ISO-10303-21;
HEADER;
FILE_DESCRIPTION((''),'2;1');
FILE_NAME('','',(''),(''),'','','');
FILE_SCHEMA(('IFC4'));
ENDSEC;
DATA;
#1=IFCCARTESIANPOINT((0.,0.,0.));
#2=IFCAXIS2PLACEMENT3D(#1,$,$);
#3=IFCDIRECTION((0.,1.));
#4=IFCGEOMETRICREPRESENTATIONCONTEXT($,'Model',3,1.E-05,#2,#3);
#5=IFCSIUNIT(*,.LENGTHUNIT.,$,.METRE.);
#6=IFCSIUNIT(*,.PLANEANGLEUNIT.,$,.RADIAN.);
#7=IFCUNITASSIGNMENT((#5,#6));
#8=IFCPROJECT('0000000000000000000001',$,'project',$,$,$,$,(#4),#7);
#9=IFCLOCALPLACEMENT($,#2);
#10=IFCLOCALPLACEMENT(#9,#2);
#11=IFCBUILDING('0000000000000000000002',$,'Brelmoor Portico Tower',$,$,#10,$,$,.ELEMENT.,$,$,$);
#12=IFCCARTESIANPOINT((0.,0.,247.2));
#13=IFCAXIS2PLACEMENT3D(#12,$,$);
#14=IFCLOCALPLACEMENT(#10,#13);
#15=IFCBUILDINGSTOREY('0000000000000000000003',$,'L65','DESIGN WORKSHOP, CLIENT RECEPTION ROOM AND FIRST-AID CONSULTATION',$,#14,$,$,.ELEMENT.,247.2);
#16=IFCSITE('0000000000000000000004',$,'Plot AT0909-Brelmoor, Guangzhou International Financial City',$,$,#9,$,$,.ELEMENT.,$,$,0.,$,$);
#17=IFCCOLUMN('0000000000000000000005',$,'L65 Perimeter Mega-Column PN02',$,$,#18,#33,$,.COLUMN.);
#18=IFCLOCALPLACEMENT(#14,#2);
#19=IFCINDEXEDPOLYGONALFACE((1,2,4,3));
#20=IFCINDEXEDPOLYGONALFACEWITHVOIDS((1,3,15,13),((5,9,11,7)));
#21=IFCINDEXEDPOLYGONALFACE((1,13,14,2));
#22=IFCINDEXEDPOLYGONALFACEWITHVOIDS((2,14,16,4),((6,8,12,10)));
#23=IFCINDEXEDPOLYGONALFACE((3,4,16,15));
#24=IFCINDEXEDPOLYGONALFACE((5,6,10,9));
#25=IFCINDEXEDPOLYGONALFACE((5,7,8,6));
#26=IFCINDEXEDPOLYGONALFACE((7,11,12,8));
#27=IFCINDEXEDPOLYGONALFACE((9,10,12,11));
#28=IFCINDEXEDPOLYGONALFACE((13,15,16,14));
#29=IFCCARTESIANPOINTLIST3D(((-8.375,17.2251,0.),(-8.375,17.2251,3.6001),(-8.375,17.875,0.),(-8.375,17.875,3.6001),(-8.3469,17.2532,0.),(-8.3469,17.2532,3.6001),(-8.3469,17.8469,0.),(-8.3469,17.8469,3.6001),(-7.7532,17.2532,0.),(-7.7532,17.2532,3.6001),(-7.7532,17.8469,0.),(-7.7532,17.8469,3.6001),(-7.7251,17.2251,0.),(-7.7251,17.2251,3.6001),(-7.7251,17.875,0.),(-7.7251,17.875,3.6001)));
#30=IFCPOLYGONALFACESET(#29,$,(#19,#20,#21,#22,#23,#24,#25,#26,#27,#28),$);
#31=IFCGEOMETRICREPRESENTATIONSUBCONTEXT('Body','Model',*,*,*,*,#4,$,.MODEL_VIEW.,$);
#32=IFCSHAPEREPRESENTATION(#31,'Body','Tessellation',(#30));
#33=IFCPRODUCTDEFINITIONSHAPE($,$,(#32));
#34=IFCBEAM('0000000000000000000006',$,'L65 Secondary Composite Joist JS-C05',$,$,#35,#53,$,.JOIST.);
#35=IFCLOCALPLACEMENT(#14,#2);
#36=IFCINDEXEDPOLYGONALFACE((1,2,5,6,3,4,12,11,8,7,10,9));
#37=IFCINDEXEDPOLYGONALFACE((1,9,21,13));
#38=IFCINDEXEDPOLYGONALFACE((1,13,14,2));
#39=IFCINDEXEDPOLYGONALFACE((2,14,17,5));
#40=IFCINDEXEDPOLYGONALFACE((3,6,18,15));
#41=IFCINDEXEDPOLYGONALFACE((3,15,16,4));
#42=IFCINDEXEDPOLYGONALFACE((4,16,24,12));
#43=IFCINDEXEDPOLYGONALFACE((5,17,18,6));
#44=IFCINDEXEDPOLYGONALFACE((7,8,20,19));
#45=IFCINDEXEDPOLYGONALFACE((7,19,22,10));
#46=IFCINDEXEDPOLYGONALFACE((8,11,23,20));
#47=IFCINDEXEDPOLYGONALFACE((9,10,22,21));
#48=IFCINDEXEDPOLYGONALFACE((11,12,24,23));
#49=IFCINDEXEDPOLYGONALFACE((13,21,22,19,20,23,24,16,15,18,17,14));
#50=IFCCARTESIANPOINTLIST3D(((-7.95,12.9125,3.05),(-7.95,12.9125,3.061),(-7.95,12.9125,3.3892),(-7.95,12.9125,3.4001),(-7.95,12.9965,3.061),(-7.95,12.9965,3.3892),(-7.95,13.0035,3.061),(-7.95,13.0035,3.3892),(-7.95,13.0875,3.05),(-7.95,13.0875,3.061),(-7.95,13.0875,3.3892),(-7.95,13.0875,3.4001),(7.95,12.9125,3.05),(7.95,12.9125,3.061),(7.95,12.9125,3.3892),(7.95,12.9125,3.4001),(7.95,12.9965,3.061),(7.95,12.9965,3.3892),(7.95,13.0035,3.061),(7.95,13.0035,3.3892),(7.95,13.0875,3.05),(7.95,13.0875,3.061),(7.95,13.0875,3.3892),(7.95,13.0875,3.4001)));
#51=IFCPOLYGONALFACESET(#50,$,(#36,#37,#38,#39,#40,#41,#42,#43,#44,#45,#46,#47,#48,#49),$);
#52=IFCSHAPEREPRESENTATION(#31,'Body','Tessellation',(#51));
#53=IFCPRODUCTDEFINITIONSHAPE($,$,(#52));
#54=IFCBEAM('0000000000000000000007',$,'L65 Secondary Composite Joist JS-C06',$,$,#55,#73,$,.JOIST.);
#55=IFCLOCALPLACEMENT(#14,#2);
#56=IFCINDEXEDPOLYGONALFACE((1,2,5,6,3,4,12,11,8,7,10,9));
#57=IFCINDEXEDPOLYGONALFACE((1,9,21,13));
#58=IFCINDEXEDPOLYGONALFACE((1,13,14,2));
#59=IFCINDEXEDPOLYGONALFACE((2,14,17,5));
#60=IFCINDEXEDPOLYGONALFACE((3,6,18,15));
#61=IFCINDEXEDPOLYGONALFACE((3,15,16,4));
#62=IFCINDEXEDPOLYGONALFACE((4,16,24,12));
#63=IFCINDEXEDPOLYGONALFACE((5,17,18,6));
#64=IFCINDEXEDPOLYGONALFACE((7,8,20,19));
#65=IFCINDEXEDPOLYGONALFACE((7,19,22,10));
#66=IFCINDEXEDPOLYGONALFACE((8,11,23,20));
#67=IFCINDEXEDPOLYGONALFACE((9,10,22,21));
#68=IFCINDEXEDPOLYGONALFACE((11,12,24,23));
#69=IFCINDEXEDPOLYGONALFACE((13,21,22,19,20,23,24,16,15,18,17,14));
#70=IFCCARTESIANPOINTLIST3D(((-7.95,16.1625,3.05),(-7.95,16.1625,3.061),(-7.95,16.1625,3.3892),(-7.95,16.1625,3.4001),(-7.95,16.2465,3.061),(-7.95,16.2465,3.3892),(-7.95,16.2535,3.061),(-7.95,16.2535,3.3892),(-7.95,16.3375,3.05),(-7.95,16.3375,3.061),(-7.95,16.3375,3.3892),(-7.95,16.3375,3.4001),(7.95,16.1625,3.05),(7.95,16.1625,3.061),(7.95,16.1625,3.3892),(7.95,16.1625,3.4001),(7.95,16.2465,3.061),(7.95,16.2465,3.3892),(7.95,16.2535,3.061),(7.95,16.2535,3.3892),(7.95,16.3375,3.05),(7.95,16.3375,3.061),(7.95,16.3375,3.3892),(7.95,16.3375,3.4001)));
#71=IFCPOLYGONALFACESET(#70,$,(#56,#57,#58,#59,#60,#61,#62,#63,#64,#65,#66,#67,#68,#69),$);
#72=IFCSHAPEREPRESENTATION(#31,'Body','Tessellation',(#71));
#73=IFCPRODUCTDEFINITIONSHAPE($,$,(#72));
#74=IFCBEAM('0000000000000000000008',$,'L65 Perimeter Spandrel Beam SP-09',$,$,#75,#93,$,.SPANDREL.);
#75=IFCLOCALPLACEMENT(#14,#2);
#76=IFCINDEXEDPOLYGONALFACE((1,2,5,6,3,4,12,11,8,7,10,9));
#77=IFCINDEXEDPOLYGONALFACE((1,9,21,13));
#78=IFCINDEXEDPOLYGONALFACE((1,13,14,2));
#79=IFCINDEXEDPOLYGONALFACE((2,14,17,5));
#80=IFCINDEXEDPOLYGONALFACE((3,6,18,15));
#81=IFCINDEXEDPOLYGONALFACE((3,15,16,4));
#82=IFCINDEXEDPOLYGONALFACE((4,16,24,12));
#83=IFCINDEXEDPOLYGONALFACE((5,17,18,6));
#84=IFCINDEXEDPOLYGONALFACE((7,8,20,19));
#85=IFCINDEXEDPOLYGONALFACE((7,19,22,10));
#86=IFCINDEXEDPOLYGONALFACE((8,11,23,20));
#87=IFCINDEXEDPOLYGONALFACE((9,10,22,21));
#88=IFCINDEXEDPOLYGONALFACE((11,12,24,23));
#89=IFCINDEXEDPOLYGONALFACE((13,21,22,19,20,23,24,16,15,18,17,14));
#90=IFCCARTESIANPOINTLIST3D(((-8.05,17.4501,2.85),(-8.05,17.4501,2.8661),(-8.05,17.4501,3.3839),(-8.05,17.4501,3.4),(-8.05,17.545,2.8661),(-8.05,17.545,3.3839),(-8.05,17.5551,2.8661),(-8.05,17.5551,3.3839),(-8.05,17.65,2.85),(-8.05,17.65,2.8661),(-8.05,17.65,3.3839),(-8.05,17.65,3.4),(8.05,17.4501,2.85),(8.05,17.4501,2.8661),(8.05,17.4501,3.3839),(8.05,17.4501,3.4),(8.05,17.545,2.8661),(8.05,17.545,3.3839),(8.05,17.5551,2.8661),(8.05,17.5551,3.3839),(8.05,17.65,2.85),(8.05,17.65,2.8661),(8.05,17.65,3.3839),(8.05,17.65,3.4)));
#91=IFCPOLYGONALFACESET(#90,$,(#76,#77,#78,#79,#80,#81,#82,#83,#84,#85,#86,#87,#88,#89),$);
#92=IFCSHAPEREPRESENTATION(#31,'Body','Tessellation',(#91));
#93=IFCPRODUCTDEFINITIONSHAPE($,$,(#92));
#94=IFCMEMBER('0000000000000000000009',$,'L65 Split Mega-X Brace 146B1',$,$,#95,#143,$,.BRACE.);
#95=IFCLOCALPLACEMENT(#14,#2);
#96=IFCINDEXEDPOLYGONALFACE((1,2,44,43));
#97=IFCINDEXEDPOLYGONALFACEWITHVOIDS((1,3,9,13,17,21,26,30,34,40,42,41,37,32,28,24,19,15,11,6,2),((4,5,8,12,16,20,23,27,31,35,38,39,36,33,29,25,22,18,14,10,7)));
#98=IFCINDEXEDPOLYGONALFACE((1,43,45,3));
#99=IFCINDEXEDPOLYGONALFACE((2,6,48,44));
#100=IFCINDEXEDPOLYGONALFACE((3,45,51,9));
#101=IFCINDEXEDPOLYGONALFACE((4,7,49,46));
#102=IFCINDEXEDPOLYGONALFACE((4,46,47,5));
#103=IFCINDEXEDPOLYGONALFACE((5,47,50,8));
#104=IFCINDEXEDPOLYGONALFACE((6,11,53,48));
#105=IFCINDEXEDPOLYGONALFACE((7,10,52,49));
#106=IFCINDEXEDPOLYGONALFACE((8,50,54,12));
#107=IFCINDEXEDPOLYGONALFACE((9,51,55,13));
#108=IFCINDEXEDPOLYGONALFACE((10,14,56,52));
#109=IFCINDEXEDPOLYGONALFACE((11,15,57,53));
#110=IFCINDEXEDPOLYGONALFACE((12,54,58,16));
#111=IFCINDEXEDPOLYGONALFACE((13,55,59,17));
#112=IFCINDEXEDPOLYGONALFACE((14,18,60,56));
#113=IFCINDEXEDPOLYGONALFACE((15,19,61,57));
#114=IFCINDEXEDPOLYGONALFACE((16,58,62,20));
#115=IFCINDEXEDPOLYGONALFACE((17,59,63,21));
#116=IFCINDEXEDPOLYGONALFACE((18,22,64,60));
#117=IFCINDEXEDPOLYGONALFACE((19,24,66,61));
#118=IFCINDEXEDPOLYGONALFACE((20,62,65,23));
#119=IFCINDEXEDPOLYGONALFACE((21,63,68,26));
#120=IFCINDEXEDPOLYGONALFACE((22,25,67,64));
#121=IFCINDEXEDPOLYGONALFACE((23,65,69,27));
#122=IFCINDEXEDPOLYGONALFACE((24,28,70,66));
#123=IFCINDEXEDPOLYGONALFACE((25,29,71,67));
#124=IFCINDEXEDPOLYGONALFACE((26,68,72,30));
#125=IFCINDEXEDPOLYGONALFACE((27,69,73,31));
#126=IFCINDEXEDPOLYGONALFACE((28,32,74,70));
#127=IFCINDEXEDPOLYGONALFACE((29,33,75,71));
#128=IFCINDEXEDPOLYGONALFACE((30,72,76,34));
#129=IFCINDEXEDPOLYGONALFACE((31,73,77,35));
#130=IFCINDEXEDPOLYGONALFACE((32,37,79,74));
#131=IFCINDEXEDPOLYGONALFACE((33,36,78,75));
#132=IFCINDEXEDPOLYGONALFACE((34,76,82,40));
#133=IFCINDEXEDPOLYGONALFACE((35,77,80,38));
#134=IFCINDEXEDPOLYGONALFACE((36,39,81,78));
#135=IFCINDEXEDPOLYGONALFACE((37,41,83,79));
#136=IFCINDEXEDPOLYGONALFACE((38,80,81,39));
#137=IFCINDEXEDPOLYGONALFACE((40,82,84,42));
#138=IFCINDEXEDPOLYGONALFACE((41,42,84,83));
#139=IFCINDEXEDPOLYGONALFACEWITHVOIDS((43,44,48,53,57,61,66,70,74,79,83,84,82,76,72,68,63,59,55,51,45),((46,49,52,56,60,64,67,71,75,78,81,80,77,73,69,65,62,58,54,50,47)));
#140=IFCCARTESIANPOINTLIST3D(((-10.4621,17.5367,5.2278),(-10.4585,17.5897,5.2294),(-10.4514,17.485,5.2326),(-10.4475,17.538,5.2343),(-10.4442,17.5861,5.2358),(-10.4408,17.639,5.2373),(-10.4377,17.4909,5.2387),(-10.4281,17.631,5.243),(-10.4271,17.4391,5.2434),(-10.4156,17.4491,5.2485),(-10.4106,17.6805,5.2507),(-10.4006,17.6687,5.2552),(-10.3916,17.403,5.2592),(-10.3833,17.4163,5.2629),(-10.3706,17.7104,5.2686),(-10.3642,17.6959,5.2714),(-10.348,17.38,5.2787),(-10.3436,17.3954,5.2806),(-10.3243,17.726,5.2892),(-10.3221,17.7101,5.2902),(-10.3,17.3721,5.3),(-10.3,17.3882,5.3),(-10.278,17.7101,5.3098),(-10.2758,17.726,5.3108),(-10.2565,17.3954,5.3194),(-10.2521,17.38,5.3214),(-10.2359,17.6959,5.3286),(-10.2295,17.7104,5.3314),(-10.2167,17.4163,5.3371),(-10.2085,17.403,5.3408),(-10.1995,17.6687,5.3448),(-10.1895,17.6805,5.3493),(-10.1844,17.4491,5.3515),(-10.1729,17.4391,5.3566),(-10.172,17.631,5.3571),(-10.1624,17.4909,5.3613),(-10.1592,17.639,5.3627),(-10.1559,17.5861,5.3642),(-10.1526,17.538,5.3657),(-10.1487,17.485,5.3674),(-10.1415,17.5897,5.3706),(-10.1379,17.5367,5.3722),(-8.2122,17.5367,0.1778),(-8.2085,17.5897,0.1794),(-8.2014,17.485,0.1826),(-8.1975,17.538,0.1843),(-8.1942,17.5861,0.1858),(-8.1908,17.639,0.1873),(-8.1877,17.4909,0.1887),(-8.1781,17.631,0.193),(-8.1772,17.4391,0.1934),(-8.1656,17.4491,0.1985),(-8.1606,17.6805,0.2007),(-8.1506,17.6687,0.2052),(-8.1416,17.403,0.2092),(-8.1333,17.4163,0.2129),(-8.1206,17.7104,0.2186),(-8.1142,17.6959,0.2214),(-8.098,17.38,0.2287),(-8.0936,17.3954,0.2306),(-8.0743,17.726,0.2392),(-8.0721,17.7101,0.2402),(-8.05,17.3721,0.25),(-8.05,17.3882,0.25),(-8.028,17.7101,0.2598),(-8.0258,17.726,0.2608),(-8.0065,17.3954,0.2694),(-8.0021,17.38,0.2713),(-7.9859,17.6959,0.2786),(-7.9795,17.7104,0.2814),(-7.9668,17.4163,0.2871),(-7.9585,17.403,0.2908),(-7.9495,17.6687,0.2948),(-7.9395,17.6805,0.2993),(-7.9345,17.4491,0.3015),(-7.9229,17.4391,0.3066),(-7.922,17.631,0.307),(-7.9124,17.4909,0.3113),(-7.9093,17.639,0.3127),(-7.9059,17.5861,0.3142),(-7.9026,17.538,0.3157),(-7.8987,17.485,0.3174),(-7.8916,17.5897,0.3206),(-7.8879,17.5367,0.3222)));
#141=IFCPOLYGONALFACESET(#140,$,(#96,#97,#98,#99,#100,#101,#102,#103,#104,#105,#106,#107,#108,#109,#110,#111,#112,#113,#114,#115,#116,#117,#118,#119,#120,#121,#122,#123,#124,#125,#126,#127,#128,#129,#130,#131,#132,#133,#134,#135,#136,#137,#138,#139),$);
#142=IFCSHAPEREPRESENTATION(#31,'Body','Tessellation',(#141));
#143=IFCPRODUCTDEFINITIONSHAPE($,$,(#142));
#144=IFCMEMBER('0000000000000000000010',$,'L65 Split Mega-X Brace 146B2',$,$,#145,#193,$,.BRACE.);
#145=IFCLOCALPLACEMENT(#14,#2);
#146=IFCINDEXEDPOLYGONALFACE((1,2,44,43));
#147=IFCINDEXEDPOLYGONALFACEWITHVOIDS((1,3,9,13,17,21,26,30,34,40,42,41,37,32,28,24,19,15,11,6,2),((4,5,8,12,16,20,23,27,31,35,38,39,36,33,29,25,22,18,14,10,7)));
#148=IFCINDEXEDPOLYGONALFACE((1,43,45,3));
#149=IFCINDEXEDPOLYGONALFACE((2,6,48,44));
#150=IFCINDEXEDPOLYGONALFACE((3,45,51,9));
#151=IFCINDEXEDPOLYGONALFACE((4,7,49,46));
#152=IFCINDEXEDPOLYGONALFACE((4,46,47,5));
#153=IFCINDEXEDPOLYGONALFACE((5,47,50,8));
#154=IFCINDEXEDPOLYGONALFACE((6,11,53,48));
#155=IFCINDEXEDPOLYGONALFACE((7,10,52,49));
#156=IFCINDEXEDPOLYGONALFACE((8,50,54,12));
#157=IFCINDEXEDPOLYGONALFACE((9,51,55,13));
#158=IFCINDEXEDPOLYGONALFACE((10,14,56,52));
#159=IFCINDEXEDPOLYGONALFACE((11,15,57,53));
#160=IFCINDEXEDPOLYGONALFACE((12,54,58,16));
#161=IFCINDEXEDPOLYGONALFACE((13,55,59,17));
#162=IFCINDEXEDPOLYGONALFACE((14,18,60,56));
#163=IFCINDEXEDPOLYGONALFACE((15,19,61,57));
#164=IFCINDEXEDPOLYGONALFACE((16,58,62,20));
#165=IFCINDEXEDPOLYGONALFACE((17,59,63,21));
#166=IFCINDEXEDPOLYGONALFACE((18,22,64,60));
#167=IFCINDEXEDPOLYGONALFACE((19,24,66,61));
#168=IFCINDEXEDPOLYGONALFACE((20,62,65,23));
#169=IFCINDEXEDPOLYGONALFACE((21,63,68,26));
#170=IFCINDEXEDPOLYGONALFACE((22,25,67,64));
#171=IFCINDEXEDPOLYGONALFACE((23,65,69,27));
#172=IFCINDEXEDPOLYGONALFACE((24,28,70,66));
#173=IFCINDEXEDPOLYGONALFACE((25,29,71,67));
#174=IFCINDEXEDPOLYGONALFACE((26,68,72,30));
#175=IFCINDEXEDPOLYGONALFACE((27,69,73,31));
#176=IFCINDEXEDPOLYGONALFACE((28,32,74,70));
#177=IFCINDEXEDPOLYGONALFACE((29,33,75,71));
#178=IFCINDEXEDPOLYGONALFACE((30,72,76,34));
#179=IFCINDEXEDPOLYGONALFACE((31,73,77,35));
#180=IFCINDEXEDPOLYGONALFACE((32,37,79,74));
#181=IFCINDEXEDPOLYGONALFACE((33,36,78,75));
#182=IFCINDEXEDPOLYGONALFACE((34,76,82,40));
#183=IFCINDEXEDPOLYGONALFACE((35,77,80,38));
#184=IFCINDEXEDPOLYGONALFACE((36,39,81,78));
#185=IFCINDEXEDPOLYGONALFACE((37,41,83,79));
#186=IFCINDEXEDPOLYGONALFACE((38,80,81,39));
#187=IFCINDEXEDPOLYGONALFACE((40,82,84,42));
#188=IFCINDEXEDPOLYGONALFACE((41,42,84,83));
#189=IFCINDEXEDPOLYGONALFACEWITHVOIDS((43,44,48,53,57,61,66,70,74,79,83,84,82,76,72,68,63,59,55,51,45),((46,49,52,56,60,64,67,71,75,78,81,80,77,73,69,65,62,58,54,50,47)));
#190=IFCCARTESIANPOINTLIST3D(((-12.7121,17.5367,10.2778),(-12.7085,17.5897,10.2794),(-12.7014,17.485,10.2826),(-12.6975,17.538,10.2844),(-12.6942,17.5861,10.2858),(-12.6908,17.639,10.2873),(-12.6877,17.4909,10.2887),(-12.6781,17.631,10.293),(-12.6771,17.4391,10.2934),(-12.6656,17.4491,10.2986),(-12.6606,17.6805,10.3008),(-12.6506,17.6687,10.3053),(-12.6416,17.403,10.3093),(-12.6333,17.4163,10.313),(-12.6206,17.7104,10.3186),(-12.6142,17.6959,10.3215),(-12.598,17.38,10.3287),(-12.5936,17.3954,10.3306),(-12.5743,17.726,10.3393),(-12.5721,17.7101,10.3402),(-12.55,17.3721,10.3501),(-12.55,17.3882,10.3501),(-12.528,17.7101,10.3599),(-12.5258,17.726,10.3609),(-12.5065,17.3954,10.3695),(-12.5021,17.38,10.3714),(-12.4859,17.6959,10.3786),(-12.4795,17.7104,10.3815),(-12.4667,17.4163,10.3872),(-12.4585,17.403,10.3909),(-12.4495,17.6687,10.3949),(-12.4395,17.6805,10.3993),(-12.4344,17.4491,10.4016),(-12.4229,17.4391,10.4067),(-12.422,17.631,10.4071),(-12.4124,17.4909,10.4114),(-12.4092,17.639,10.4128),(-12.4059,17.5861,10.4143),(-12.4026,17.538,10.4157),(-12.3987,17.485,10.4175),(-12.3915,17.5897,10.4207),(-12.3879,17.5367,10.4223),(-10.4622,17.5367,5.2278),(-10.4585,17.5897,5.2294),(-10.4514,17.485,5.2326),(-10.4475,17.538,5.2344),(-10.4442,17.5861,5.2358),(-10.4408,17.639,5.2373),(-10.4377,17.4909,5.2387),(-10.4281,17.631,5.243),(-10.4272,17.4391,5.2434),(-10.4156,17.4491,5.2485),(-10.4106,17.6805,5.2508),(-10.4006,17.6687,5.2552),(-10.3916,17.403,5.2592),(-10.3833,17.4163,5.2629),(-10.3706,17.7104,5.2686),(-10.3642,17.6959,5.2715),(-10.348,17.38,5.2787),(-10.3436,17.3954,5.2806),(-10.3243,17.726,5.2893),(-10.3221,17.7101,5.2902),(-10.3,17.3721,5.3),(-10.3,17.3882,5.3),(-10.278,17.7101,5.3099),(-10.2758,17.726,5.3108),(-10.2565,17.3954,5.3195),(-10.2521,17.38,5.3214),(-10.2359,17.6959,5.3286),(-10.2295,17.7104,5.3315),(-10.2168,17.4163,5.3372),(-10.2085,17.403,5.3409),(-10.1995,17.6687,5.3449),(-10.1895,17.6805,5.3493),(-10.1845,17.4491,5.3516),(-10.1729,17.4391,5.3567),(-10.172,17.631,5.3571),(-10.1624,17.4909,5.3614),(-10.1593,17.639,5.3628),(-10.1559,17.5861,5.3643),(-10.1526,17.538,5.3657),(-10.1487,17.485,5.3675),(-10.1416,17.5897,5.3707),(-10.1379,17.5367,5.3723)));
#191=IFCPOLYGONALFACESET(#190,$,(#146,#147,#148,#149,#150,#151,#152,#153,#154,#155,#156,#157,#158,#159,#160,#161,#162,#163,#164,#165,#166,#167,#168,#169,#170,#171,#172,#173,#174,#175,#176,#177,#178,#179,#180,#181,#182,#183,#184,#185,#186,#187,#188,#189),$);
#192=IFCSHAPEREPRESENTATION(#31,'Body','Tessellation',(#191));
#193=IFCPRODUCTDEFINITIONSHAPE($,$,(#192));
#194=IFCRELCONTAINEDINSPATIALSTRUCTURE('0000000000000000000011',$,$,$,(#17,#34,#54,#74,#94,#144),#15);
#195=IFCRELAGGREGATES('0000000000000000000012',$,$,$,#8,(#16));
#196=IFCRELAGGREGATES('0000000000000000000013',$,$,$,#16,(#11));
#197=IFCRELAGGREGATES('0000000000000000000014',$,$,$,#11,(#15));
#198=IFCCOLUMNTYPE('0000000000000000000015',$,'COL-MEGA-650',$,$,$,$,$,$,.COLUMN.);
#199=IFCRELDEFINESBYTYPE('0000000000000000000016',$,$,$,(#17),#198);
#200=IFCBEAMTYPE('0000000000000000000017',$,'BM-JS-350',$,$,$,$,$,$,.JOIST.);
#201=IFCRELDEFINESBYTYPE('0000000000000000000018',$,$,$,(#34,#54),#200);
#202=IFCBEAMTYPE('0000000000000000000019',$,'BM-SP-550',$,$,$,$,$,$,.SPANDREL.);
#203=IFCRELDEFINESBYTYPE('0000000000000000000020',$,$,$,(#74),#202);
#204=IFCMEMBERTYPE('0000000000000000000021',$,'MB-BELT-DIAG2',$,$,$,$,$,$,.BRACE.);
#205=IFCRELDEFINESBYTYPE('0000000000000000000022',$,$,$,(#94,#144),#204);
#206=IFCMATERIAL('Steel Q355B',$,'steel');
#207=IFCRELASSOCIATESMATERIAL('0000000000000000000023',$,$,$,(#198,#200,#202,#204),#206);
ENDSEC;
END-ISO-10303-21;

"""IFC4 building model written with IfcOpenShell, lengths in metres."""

from ifc_helpers import new_model, si_unit, direction, frame, origin, origin_2d, place, context, subcontext, project, spatial, hollow_rectangle, hollow_circle, i_section, extrude, material, material_profile, profile_set, type_object, element, save


model = new_model("IFC4")

# Units and contexts
model_context = context("Model", 3, precision=1e-05, world=origin(), true_north=direction((0.0, 1.0)))
body_context = subcontext(model_context, "Body", "Model", "MODEL_VIEW")
ifc_project = project(units=[si_unit("LENGTHUNIT", "METRE"), si_unit("PLANEANGLEUNIT", "RADIAN")], contexts=[model_context])

# Site, building, storey
site_placement = place(None, origin())
site = spatial("IfcSite", under=ifc_project, at=site_placement, Name="Plot AT0909-Brelmoor, Guangzhou International Financial City", CompositionType="ELEMENT", RefElevation=0.0)
building_placement = place(site_placement, origin())
building = spatial("IfcBuilding", under=site, at=building_placement, Name="Brelmoor Portico Tower", CompositionType="ELEMENT")
storey_placement = place(building_placement, frame((0.0, 0.0, 247.2)))
storey = spatial("IfcBuildingStorey", under=building, at=storey_placement, Name="L65", Description="DESIGN WORKSHOP, CLIENT RECEPTION ROOM AND FIRST-AID CONSULTATION", CompositionType="ELEMENT", Elevation=247.2)

# Column
ifc_material_1 = material(Name="Steel Q355B", Category="steel")
ifc_material_profile_1 = material_profile(ifc_material_1, hollow_rectangle(XDim=0.6499, YDim=0.6499, WallThickness=0.0281, at=origin_2d()), Name="BOX 650x650x28")
ifc_profile_set_1 = profile_set([ifc_material_profile_1], Name="Steel Q355B")
column_type = type_object("IfcColumnType", Name="COL-MEGA-650", PredefinedType="COLUMN", material=ifc_profile_set_1)
column_placement = place(storey_placement, frame((-8.05, 17.55, 0.0), z_axis=(0.0, 0.0, 1.0), x_axis=(1.0, 0.0, 0.0)))
element("IfcColumn", 1, at=column_placement, inside=storey, type_object=column_type, Name="L65 Perimeter Mega-Column PN02", PredefinedType="COLUMN", context=body_context, shape_type="SweptSolid", body=[
    extrude(hollow_rectangle(XDim=0.6499, YDim=0.6499, WallThickness=0.0281, at=origin_2d()), origin(), (0.0, 0.0, 1.0), 3.6001),
])

# Beams
ifc_material_profile_2 = material_profile(ifc_material_1, i_section(OverallWidth=0.175, OverallDepth=0.3501, WebThickness=0.0071, FlangeThickness=0.011, at=origin_2d()), Name="HN 350x175x7x11")
ifc_profile_set_2 = profile_set([ifc_material_profile_2], Name="Steel Q355B")
beam_type_1 = type_object("IfcBeamType", Name="BM-JS-350", PredefinedType="JOIST", material=ifc_profile_set_2)
for number, where, z_axis, x_axis, name in (
    (2, (-7.95, 13.0, 3.2251), (1.0, 0.0, 0.0), (0.0, 1.0, 0.0), "L65 Secondary Composite Joist JS-C05"),
    (3, (-7.95, 16.25, 3.2251), (1.0, 0.0, 0.0), (0.0, 1.0, 0.0), "L65 Secondary Composite Joist JS-C06"),
):
    element("IfcBeam", number, at=place(storey_placement, frame(where, z_axis=z_axis, x_axis=x_axis)), inside=storey, type_object=beam_type_1, Name=name, PredefinedType="JOIST", context=body_context, shape_type="SweptSolid", body=[
        extrude(i_section(OverallWidth=0.175, OverallDepth=0.3501, WebThickness=0.0071, FlangeThickness=0.011, at=origin_2d()), origin(), (0.0, 0.0, 1.0), 15.8999),
    ])
ifc_material_profile_3 = material_profile(ifc_material_1, i_section(OverallWidth=0.2, OverallDepth=0.55, WebThickness=0.01, FlangeThickness=0.0161, at=origin_2d()), Name="HN 550x200x10x16")
ifc_profile_set_3 = profile_set([ifc_material_profile_3], Name="Steel Q355B")
beam_type_2 = type_object("IfcBeamType", Name="BM-SP-550", PredefinedType="SPANDREL", material=ifc_profile_set_3)
beam_placement = place(storey_placement, frame((-8.05, 17.55, 3.125), z_axis=(1.0, 0.0, 0.0), x_axis=(0.0, 1.0, 0.0)))
element("IfcBeam", 4, at=beam_placement, inside=storey, type_object=beam_type_2, Name="L65 Perimeter Spandrel Beam SP-09", PredefinedType="SPANDREL", context=body_context, shape_type="SweptSolid", body=[
    extrude(i_section(OverallWidth=0.2, OverallDepth=0.55, WebThickness=0.01, FlangeThickness=0.0161, at=origin_2d()), origin(), (0.0, 0.0, 1.0), 16.1001),
])

# Members
ifc_material_profile_4 = material_profile(ifc_material_1, hollow_circle(Radius=0.178, WallThickness=0.0161, at=origin_2d()), Name="CHS 356x16")
ifc_profile_set_4 = profile_set([ifc_material_profile_4], Name="Steel Q355B")
member_type_1 = type_object("IfcMemberType", Name="MB-BELT-DIAG2", PredefinedType="BRACE", material=ifc_profile_set_4)
for number, where, z_axis, x_axis, name in (
    (5, (-8.05, 17.55, 0.25), (-0.406974, 0.0, 0.91344), (0.0, -1.0, 0.0), "L65 Split Mega-X Brace 146B1"),
    (6, (-10.3, 17.55, 5.3), (-0.406974, 0.0, 0.91344), (0.0, -1.0, 0.0), "L65 Split Mega-X Brace 146B2"),
):
    element("IfcMember", number, at=place(storey_placement, frame(where, z_axis=z_axis, x_axis=x_axis)), inside=storey, type_object=member_type_1, Name=name, PredefinedType="BRACE", context=body_context, shape_type="SweptSolid", body=[
        extrude(hollow_circle(Radius=0.178, WallThickness=0.0161, at=origin_2d()), origin(), (0.0, 0.0, 1.0), 5.5286),
    ])

save(model, "model.ifc")
